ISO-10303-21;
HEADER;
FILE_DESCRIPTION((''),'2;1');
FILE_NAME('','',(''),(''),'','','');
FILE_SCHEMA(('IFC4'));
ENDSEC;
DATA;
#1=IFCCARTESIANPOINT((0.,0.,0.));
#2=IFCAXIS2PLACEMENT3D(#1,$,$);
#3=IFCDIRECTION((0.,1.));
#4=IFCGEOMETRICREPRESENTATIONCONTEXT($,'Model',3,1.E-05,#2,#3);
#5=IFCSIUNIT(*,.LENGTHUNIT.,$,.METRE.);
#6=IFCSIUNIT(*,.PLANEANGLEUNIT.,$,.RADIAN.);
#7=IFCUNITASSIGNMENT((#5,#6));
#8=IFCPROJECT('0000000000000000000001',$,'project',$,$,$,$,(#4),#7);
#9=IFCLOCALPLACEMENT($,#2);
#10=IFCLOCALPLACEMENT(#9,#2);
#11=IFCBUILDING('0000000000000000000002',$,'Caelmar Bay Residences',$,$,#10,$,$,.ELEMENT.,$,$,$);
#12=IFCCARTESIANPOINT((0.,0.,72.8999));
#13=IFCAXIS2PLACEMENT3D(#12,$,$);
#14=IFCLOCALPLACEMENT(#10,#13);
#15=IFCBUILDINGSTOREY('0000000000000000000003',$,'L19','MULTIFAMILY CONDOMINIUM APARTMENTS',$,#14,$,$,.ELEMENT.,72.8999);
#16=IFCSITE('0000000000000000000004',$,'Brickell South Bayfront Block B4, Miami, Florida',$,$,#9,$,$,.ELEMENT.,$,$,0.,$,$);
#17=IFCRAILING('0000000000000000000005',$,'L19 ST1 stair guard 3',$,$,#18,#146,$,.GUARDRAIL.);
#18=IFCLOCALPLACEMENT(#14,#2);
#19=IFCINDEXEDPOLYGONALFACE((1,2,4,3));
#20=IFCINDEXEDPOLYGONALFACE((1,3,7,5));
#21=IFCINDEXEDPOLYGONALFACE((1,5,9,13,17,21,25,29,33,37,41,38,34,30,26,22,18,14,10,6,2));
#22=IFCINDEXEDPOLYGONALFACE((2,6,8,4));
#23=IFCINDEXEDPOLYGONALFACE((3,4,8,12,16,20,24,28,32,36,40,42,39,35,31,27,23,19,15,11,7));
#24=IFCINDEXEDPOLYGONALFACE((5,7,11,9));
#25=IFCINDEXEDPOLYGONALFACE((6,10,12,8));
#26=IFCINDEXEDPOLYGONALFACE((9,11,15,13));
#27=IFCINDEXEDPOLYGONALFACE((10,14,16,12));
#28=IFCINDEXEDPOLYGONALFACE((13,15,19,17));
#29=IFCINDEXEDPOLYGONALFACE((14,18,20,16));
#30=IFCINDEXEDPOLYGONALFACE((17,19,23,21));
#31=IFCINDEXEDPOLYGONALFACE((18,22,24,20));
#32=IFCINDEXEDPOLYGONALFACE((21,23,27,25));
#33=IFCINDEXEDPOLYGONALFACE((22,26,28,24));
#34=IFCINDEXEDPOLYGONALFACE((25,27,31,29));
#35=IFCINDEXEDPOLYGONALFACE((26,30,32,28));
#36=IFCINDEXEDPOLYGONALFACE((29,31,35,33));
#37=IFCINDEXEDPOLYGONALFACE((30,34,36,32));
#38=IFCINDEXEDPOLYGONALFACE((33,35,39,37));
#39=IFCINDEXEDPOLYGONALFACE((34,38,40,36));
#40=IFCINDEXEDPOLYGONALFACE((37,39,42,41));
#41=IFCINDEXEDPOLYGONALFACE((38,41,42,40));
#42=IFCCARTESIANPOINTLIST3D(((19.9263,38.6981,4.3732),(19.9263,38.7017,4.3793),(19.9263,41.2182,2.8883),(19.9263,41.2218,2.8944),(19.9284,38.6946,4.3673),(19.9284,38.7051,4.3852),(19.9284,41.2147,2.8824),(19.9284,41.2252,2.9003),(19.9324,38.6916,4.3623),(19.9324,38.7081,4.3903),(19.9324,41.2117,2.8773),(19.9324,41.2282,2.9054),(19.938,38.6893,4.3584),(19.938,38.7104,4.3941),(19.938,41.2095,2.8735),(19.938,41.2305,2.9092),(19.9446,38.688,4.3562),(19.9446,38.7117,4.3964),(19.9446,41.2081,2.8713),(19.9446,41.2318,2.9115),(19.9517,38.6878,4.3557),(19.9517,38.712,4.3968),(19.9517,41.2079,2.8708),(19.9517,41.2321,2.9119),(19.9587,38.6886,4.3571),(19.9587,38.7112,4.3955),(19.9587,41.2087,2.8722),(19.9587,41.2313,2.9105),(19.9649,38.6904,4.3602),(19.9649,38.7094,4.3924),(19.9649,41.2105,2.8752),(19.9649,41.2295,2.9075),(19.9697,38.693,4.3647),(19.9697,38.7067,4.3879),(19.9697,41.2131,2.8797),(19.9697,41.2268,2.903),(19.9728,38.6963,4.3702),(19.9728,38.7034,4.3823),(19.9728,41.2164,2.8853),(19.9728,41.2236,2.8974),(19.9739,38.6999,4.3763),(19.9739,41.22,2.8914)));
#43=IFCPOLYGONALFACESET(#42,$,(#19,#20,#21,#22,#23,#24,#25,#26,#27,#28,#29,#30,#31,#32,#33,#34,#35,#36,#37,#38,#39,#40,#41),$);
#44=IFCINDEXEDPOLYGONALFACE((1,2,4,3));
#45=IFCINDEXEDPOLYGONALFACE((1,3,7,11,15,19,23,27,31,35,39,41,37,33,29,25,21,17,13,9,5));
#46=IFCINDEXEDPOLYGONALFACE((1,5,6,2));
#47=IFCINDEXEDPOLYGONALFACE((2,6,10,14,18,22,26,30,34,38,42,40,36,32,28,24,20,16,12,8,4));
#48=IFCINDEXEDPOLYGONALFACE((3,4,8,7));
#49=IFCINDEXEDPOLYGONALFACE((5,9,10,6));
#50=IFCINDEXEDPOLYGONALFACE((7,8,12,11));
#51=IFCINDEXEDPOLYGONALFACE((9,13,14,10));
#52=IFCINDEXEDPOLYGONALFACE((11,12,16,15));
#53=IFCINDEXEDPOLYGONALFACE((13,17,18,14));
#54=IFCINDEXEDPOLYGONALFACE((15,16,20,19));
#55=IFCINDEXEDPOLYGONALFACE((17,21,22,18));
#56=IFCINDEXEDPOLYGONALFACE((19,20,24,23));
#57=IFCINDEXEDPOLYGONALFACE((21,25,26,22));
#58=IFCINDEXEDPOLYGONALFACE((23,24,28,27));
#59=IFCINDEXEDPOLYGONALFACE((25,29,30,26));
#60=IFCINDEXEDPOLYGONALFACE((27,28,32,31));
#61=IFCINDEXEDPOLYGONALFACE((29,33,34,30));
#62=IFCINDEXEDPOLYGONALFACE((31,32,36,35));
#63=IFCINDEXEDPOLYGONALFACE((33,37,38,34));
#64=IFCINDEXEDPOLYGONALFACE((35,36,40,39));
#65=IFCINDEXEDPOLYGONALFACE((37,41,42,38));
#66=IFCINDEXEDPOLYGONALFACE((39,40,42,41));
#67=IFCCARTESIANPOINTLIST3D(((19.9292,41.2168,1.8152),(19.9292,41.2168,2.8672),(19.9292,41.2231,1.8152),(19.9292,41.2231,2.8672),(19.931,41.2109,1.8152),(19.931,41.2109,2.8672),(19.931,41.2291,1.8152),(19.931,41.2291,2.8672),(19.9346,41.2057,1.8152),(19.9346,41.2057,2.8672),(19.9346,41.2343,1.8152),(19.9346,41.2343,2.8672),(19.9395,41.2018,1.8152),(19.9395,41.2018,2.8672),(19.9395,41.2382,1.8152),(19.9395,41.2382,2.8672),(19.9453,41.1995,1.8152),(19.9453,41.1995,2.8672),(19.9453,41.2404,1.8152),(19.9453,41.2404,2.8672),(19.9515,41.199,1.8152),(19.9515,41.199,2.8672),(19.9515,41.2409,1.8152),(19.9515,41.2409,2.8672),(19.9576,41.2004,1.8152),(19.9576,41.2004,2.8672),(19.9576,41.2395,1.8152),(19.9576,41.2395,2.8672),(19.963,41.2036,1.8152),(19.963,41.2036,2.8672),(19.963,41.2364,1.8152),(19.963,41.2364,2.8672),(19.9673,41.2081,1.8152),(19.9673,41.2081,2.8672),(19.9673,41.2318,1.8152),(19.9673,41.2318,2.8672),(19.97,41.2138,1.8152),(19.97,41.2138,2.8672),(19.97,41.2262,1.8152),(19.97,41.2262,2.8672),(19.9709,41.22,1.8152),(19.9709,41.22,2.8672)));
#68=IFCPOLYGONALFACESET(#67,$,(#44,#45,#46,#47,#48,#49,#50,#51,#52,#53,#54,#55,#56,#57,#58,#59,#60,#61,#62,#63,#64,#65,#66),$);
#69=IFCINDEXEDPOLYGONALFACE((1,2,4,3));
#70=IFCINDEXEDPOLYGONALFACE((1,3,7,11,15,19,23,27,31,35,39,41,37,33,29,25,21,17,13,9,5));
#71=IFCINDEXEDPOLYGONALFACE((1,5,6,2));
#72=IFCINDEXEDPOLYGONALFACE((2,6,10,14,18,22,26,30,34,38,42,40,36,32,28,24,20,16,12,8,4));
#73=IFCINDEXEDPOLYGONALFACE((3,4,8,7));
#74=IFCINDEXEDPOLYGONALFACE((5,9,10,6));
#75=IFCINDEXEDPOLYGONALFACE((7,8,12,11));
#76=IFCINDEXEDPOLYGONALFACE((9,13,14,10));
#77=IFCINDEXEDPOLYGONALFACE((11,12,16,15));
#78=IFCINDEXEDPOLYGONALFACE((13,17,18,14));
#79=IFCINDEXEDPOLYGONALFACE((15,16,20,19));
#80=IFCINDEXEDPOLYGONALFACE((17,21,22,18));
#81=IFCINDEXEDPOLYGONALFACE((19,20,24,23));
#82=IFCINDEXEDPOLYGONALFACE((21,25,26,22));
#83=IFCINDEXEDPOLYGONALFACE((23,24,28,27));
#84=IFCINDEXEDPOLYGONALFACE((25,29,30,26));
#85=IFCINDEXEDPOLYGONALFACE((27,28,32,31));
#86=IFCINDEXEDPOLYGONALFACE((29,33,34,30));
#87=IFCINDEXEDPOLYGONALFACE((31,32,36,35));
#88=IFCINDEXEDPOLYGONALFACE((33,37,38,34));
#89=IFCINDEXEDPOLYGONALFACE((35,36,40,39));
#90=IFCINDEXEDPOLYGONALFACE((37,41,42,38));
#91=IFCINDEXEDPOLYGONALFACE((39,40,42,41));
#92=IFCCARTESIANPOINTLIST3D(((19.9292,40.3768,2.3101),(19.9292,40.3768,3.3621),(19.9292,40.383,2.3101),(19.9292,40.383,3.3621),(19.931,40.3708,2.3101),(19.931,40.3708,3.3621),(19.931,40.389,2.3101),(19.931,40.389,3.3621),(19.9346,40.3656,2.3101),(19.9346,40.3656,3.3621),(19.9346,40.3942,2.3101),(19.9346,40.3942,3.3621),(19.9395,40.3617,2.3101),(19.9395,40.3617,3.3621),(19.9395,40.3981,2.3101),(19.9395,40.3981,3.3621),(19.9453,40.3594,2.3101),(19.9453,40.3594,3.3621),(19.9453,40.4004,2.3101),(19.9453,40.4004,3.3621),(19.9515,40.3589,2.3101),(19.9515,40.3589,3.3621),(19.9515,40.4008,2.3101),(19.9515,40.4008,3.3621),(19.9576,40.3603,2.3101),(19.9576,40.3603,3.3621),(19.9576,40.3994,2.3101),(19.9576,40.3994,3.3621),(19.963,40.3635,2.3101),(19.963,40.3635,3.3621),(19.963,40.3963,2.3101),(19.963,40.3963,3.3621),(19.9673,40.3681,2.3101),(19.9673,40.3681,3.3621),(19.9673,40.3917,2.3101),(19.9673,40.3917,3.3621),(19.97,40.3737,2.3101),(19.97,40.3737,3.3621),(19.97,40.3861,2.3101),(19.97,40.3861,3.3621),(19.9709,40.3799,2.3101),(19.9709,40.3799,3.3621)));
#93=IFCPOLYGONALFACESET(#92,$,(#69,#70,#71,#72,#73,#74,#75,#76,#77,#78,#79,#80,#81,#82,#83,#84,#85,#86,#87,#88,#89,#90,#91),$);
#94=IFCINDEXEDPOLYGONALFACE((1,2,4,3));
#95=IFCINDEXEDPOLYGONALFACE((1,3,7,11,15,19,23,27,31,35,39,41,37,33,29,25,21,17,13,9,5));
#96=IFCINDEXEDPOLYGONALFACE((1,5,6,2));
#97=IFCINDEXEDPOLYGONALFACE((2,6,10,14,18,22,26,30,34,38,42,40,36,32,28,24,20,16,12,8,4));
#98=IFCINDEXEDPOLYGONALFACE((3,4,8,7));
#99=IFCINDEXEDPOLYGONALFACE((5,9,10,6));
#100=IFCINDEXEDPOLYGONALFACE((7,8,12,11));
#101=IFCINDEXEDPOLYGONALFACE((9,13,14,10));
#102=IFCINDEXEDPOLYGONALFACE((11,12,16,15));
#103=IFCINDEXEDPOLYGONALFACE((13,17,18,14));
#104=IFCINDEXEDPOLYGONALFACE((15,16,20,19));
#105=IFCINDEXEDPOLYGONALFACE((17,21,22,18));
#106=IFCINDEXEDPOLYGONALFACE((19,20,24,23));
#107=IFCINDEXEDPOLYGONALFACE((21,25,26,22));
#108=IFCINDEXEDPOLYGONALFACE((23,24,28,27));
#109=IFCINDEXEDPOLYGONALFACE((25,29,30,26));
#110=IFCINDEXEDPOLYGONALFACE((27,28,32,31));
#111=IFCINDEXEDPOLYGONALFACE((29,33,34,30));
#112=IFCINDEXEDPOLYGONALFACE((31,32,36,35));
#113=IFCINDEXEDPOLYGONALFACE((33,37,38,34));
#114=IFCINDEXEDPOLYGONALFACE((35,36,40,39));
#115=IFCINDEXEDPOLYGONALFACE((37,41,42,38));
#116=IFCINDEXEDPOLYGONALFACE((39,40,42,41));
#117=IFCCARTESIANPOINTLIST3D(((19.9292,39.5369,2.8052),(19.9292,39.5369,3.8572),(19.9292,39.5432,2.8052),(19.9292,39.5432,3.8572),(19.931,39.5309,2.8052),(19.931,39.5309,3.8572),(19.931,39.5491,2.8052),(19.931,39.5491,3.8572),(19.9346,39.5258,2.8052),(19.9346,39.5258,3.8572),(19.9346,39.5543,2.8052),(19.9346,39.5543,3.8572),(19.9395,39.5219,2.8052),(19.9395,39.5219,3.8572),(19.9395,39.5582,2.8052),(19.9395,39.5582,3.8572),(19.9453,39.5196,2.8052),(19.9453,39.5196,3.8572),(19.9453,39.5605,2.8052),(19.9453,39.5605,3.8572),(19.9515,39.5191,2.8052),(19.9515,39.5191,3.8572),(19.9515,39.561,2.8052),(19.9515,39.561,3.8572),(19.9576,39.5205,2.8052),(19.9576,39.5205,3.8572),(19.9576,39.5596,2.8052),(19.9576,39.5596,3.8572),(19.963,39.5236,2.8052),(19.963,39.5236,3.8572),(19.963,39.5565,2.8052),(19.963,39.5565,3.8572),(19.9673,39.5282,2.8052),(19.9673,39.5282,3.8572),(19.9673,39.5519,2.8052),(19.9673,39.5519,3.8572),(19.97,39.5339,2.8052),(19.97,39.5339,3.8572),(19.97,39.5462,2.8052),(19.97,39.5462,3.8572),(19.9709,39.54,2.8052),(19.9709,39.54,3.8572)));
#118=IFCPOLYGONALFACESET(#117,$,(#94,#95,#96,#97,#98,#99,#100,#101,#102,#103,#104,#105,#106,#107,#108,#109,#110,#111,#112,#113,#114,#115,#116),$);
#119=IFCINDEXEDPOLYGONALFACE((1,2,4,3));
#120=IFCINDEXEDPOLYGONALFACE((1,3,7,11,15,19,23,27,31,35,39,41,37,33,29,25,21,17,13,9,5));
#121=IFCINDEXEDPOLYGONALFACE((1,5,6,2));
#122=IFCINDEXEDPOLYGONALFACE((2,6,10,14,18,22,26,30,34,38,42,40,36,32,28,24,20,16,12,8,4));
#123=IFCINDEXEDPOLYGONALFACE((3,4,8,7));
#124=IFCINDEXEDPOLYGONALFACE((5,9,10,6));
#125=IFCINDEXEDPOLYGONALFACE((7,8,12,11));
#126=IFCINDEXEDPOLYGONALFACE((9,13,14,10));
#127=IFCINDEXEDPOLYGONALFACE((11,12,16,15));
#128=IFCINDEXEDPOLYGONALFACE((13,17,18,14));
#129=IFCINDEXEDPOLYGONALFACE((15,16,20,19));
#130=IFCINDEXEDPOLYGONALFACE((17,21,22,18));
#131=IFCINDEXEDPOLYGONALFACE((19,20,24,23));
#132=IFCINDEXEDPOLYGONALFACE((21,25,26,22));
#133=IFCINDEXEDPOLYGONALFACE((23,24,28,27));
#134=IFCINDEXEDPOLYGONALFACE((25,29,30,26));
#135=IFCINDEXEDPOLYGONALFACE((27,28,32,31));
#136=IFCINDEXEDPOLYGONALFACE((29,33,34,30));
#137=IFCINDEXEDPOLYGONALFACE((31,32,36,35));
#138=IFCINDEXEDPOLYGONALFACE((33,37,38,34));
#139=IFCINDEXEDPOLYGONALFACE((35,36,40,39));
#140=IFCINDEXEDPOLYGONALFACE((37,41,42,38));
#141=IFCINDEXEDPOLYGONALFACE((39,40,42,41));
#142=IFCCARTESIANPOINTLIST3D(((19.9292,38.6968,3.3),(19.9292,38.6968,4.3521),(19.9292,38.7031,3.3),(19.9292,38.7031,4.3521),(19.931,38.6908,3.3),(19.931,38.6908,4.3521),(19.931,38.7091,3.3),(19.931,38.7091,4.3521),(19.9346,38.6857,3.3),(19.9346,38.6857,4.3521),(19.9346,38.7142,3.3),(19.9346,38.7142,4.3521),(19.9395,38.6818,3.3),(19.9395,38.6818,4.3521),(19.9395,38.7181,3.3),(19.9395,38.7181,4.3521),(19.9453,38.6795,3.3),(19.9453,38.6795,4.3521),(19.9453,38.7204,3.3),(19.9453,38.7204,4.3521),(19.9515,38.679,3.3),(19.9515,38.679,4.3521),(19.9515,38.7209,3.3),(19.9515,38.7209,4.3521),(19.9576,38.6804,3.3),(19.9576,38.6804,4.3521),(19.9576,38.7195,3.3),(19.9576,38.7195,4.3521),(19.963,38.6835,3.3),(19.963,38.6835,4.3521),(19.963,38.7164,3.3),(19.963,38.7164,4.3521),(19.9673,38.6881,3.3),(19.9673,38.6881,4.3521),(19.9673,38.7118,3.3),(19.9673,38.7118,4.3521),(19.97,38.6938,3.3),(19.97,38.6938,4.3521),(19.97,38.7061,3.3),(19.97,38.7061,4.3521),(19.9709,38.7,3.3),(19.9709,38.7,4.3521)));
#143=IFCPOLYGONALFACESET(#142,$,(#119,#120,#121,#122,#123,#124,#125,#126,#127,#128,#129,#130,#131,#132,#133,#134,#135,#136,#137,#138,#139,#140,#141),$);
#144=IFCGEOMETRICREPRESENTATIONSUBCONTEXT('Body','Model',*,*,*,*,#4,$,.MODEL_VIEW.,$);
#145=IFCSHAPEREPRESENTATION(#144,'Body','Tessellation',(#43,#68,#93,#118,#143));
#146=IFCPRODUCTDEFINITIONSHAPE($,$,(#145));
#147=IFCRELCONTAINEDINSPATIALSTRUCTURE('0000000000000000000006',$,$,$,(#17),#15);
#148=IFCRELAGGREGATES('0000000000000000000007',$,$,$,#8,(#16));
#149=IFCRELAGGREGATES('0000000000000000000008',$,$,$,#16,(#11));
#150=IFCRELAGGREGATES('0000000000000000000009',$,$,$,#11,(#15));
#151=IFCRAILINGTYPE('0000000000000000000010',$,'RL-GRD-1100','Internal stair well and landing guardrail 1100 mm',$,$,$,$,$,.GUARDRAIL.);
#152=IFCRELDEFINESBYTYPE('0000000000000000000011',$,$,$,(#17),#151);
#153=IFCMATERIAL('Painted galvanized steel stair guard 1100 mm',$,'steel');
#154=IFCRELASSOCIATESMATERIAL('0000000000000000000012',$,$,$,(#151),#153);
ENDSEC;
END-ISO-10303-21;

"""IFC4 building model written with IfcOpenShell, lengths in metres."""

from ifc_helpers import new_model, si_unit, direction, frame, origin, origin_2d, place, context, subcontext, project, spatial, circle, extrude, material, type_object, element, save


model = new_model("IFC4")

# Units and contexts
model_context = context("Model", 3, precision=1e-05, world=origin(), true_north=direction((0.0, 1.0)))
body_context = subcontext(model_context, "Body", "Model", "MODEL_VIEW")
ifc_project = project(units=[si_unit("LENGTHUNIT", "METRE"), si_unit("PLANEANGLEUNIT", "RADIAN")], contexts=[model_context])

# Site, building, storey
site_placement = place(None, origin())
site = spatial("IfcSite", under=ifc_project, at=site_placement, Name="Brickell South Bayfront Block B4, Miami, Florida", CompositionType="ELEMENT", RefElevation=0.0)
building_placement = place(site_placement, origin())
building = spatial("IfcBuilding", under=site, at=building_placement, Name="Caelmar Bay Residences", CompositionType="ELEMENT")
storey_placement = place(building_placement, frame((0.0, 0.0, 72.8999)))
storey = spatial("IfcBuildingStorey", under=building, at=storey_placement, Name="L19", Description="MULTIFAMILY CONDOMINIUM APARTMENTS", CompositionType="ELEMENT", Elevation=72.8999)

# Railing
ifc_material_1 = material(Name="Painted galvanized steel stair guard 1100 mm", Category="steel")
railing_type_1 = type_object("IfcRailingType", Name="RL-GRD-1100", Description="Internal stair well and landing guardrail 1100 mm", PredefinedType="GUARDRAIL", material=ifc_material_1)
railing_1_placement = place(storey_placement, frame((19.95, 41.22, 1.8152)))
element("IfcRailing", 1, at=railing_1_placement, inside=storey, type_object=railing_type_1, Name="L19 ST1 stair guard 3", PredefinedType="GUARDRAIL", context=body_context, shape_type="SweptSolid", body=[
    extrude(circle(Radius=0.0239, at=origin_2d()), frame((0.0, 0.0, 1.0762), z_axis=(0.0, -0.861561, 0.507655), x_axis=(1.0, 0.0, 0.0)), (0.0, 0.0, 1.0), 2.925),
    extrude(circle(Radius=0.021, at=origin_2d()), origin(), (0.0, 0.0, 1.0), 1.052),
    extrude(circle(Radius=0.021, at=origin_2d()), frame((0.0, -0.8401, 0.4949)), (0.0, 0.0, 1.0), 1.052),
    extrude(circle(Radius=0.021, at=origin_2d()), frame((0.0, -1.6799, 0.99)), (0.0, 0.0, 1.0), 1.052),
    extrude(circle(Radius=0.021, at=origin_2d()), frame((0.0, -2.52, 1.4849)), (0.0, 0.0, 1.0), 1.052),
])

save(model, "model.ifc")
